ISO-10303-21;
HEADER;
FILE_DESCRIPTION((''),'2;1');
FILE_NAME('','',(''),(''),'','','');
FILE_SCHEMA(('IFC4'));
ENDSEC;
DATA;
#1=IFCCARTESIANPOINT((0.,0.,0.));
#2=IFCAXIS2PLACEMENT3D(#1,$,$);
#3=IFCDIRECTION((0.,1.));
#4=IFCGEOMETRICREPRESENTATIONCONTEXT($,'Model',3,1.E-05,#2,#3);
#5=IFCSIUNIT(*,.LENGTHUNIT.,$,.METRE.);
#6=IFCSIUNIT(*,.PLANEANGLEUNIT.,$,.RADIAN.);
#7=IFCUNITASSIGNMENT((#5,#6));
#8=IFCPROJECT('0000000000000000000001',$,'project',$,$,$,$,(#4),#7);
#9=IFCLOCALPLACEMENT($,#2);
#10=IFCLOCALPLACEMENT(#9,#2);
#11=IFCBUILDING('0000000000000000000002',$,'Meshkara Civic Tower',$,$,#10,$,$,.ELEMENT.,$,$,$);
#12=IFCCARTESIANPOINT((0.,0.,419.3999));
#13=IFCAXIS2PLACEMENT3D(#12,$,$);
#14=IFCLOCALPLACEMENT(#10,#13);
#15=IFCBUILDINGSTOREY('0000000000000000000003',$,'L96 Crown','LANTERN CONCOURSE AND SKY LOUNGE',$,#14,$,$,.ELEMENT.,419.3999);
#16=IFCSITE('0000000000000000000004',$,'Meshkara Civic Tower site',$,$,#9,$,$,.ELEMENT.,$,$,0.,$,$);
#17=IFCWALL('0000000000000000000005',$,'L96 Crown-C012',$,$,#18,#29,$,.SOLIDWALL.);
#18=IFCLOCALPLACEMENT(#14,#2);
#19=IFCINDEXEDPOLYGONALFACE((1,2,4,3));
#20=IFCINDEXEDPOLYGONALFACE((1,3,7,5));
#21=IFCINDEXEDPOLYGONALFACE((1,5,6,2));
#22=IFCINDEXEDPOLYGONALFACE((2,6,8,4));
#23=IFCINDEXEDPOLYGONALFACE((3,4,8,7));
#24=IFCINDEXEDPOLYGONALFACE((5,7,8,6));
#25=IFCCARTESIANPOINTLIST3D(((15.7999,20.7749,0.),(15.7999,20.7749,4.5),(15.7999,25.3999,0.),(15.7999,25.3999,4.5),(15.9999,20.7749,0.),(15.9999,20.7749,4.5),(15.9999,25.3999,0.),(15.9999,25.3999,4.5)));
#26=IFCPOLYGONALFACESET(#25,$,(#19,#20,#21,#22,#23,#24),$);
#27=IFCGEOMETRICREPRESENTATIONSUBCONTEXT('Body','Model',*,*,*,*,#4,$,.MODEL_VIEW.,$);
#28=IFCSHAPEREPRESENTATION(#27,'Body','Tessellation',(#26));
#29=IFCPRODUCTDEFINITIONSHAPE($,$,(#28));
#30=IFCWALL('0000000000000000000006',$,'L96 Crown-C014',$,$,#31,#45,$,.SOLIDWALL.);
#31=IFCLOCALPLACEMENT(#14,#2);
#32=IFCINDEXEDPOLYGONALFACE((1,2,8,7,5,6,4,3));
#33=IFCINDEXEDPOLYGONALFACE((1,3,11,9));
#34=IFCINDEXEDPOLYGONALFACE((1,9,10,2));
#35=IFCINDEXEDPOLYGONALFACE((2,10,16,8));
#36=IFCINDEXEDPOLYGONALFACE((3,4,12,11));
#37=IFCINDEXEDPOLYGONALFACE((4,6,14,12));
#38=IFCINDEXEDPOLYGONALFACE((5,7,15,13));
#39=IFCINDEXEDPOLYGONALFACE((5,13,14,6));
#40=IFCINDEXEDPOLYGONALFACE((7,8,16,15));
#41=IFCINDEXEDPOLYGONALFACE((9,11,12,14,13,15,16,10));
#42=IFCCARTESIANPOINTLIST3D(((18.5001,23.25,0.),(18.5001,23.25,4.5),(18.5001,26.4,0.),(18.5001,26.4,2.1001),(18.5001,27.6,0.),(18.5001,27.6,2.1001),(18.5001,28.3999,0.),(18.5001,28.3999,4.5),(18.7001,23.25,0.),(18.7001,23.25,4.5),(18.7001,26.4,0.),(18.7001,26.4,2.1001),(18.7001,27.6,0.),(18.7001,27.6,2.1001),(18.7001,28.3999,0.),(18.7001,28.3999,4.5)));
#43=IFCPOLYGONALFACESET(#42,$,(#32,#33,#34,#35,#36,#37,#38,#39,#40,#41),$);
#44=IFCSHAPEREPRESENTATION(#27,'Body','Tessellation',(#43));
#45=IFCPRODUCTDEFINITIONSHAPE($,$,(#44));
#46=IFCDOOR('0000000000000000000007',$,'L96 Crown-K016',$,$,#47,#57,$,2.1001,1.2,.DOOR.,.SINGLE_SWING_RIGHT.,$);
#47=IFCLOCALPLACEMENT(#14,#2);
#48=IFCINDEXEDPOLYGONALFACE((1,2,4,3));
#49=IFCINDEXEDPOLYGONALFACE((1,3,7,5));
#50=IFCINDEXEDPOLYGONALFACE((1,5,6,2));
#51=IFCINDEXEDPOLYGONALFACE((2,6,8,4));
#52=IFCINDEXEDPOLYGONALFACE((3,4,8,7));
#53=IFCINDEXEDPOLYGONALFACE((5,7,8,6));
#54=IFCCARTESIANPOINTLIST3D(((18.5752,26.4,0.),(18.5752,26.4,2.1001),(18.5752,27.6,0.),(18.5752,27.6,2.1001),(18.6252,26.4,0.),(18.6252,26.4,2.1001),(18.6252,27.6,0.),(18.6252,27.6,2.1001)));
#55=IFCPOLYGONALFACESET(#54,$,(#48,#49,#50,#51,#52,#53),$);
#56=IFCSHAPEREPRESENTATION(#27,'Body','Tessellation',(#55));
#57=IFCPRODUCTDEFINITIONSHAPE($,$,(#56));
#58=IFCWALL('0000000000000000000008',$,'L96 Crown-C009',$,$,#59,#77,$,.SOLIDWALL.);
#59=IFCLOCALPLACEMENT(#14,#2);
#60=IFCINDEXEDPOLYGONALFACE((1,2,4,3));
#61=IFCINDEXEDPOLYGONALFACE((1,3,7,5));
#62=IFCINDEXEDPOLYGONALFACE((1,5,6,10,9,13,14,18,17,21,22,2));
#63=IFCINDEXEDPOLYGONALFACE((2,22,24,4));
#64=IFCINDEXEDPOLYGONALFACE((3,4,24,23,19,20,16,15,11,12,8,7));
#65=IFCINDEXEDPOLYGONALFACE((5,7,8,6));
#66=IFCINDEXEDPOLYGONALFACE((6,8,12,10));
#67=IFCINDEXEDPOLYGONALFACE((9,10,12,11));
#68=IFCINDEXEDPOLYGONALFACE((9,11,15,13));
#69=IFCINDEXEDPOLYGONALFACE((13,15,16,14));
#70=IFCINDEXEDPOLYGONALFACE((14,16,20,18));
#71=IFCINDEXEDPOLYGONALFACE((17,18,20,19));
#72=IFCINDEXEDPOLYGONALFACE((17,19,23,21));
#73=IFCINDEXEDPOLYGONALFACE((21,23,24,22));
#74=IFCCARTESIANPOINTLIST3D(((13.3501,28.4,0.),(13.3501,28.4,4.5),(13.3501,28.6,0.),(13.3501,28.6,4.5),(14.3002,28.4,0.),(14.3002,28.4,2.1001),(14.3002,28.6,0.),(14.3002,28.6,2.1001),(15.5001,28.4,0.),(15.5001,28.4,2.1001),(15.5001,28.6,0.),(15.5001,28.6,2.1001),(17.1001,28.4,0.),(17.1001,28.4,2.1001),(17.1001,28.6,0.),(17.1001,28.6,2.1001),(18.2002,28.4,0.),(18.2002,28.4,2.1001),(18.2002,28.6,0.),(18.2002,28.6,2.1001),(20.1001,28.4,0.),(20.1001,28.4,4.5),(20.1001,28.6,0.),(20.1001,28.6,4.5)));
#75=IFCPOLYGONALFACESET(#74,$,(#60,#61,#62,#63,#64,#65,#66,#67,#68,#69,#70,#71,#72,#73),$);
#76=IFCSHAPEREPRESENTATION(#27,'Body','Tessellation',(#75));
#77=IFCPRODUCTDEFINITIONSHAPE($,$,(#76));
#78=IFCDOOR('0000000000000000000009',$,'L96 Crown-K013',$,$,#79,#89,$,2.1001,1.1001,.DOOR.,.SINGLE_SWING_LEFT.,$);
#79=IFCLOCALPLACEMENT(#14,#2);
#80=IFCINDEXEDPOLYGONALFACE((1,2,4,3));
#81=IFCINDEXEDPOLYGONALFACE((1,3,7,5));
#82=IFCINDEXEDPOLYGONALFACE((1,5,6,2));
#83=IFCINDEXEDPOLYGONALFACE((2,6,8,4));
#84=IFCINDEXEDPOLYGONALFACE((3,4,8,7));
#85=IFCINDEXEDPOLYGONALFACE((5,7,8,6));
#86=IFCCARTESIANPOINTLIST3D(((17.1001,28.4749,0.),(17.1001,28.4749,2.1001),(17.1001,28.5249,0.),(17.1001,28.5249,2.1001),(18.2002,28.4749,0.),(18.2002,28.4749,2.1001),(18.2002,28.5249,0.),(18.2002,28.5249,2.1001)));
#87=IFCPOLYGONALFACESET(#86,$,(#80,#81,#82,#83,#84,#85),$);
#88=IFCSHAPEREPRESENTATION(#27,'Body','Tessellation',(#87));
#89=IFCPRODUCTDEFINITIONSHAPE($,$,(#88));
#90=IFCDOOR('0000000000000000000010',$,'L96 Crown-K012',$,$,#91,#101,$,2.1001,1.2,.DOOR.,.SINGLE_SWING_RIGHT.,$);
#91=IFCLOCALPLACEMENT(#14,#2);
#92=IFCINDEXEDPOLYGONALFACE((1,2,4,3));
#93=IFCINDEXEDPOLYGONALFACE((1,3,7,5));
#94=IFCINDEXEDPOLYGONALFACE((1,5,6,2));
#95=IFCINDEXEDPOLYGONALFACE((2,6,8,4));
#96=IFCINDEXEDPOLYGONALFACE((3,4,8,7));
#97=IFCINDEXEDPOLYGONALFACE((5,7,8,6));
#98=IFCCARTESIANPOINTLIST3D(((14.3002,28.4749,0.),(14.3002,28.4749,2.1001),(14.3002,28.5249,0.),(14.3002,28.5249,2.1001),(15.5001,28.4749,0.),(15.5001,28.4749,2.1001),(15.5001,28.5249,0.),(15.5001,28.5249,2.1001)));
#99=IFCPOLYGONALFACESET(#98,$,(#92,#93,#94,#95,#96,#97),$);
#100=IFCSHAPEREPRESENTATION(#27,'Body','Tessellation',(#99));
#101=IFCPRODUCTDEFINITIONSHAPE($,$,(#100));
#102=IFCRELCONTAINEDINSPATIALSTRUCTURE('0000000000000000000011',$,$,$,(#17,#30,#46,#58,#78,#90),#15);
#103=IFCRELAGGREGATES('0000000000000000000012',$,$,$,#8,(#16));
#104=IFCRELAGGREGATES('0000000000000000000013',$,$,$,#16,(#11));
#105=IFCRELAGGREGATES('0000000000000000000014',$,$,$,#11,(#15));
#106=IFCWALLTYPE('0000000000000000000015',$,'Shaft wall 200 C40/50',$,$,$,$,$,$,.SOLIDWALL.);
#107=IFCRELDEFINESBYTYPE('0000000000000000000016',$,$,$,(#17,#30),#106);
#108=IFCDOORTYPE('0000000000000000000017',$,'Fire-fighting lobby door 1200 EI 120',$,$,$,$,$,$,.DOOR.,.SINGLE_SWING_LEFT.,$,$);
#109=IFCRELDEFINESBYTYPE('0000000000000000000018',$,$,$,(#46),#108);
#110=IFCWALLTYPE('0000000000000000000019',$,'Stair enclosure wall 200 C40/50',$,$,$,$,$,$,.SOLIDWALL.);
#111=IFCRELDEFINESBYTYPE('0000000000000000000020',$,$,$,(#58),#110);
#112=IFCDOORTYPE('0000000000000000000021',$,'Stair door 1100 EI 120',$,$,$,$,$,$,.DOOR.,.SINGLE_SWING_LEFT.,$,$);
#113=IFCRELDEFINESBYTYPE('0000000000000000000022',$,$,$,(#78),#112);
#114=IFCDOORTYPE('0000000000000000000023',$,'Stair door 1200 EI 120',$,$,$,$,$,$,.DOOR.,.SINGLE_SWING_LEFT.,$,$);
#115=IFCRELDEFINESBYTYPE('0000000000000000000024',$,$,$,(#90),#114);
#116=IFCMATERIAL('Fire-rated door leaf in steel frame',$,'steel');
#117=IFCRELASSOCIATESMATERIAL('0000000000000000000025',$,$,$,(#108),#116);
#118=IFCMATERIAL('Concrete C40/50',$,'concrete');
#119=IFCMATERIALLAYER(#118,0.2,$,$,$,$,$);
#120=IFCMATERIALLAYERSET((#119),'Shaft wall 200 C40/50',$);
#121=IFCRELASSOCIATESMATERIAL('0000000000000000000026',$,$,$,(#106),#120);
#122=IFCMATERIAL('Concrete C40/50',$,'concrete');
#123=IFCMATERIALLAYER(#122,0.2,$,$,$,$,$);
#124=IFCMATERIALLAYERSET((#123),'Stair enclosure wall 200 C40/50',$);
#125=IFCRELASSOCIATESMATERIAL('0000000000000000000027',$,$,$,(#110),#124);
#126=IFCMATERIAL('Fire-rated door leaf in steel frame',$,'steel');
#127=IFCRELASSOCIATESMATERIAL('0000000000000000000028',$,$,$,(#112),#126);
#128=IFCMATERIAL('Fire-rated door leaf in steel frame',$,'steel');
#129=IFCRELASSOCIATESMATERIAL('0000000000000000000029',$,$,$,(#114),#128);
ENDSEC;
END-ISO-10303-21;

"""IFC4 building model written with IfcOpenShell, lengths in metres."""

from ifc_helpers import new_model, si_unit, direction, frame, frame_2d, origin, place, context, subcontext, project, spatial, rectangle, extrude, material, layer, layer_set, type_object, element, fill, save


model = new_model("IFC4")

# Units and contexts
model_context = context("Model", 3, precision=1e-05, world=origin(), true_north=direction((0.0, 1.0)))
body_context = subcontext(model_context, "Body", "Model", "MODEL_VIEW")
ifc_project = project(units=[si_unit("LENGTHUNIT", "METRE"), si_unit("PLANEANGLEUNIT", "RADIAN")], contexts=[model_context])

# Site, building, storey
site_placement = place(None, origin())
site = spatial("IfcSite", under=ifc_project, at=site_placement, Name="Meshkara Civic Tower site", CompositionType="ELEMENT", RefElevation=0.0)
building_placement = place(site_placement, origin())
building = spatial("IfcBuilding", under=site, at=building_placement, Name="Meshkara Civic Tower", CompositionType="ELEMENT")
storey_placement = place(building_placement, frame((0.0, 0.0, 419.3999)))
storey = spatial("IfcBuildingStorey", under=building, at=storey_placement, Name="L96 Crown", Description="LANTERN CONCOURSE AND SKY LOUNGE", CompositionType="ELEMENT", Elevation=419.3999)

# Shared definitions
ifc_material_1 = material(Name="Fire-rated door leaf in steel frame", Category="steel")
door_type_1 = type_object("IfcDoorType", Name="Fire-fighting lobby door 1200 EI 120", OperationType="SINGLE_SWING_LEFT", PredefinedType="DOOR", material=ifc_material_1)
ifc_material_2 = material(Name="Concrete C40/50", Category="concrete")
ifc_layer_1 = layer(ifc_material_2, 0.2)
ifc_layer_set_1 = layer_set([ifc_layer_1], Name="Shaft wall 200 C40/50")
wall_type_1 = type_object("IfcWallType", Name="Shaft wall 200 C40/50", PredefinedType="SOLIDWALL", material=ifc_layer_set_1)

# Wall
wall_1_placement = place(storey_placement, frame((15.8999, 20.7749, 0.0), z_axis=(0.0, 0.0, 1.0), x_axis=(0.0, 1.0, 0.0)))
element("IfcWall", 1, at=wall_1_placement, inside=storey, type_object=wall_type_1, Name="L96 Crown-C012", PredefinedType="SOLIDWALL", context=body_context, shape_type="SweptSolid", body=[
    extrude(rectangle(XDim=4.625, YDim=0.2, at=frame_2d((2.3125, 0.0))), origin(), (0.0, 0.0, 1.0), 4.5),
])

# Wall, opening, door
wall_2_placement = place(storey_placement, frame((18.6001, 23.25, 0.0), z_axis=(0.0, 0.0, 1.0), x_axis=(0.0, 1.0, 0.0)))
wall_2 = element("IfcWall", 2, at=wall_2_placement, inside=storey, type_object=wall_type_1, Name="L96 Crown-C014", PredefinedType="SOLIDWALL", context=body_context, shape_type="SweptSolid", body=[
    extrude(rectangle(XDim=5.1499, YDim=0.2, at=frame_2d((2.575, 0.0))), origin(), (0.0, 0.0, 1.0), 4.5),
])
opening_1_placement = place(wall_2_placement, frame((3.1499, 0.0, 0.0)))
opening_1 = element("IfcOpeningElement", 3, at=opening_1_placement, cuts=wall_2, PredefinedType="OPENING", context=body_context, shape_type="SweptSolid", body=[
    extrude(rectangle(XDim=1.2, YDim=2.1001, at=frame_2d((0.6001, 1.05))), frame((0.0, 0.1099, 0.0), z_axis=(0.0, -1.0, 0.0), x_axis=(1.0, 0.0, 0.0)), (0.0, 0.0, 1.0), 0.22),
])
door_1_placement = place(opening_1_placement, origin())
door_1 = element("IfcDoor", 4, at=door_1_placement, inside=storey, type_object=door_type_1, Name="L96 Crown-K016", OperationType="SINGLE_SWING_RIGHT", OverallHeight=2.1001, OverallWidth=1.2, PredefinedType="DOOR", context=body_context, shape_type="SweptSolid", body=[
    extrude(rectangle(XDim=1.2, YDim=2.1001, at=frame_2d((0.6001, 1.05))), frame((0.0, 0.0249, 0.0), z_axis=(0.0, -1.0, 0.0), x_axis=(1.0, 0.0, 0.0)), (0.0, 0.0, 1.0), 0.05),
])
fill(opening_1, door_1)

# Wall, openings, doors
ifc_material_3 = material(Name="Concrete C40/50", Category="concrete")
ifc_layer_2 = layer(ifc_material_3, 0.2)
ifc_layer_set_2 = layer_set([ifc_layer_2], Name="Stair enclosure wall 200 C40/50")
wall_type_2 = type_object("IfcWallType", Name="Stair enclosure wall 200 C40/50", PredefinedType="SOLIDWALL", material=ifc_layer_set_2)
wall_3_placement = place(storey_placement, frame((13.3501, 28.5, 0.0), z_axis=(0.0, 0.0, 1.0), x_axis=(1.0, 0.0, 0.0)))
wall_3 = element("IfcWall", 5, at=wall_3_placement, inside=storey, type_object=wall_type_2, Name="L96 Crown-C009", PredefinedType="SOLIDWALL", context=body_context, shape_type="SweptSolid", body=[
    extrude(rectangle(XDim=6.75, YDim=0.2, at=frame_2d((3.375, 0.0))), origin(), (0.0, 0.0, 1.0), 4.5),
])
opening_2_placement = place(wall_3_placement, frame((0.95, 0.0, 0.0)))
opening_2 = element("IfcOpeningElement", 6, at=opening_2_placement, cuts=wall_3, PredefinedType="OPENING", context=body_context, shape_type="SweptSolid", body=[
    extrude(rectangle(XDim=1.2, YDim=2.1001, at=frame_2d((0.6001, 1.05))), frame((0.0, 0.1099, 0.0), z_axis=(0.0, -1.0, 0.0), x_axis=(1.0, 0.0, 0.0)), (0.0, 0.0, 1.0), 0.22),
])
opening_3_placement = place(wall_3_placement, frame((3.75, 0.0, 0.0)))
opening_3 = element("IfcOpeningElement", 7, at=opening_3_placement, cuts=wall_3, PredefinedType="OPENING", context=body_context, shape_type="SweptSolid", body=[
    extrude(rectangle(XDim=1.1001, YDim=2.1001, at=frame_2d((0.55, 1.05))), frame((0.0, 0.1099, 0.0), z_axis=(0.0, -1.0, 0.0), x_axis=(1.0, 0.0, 0.0)), (0.0, 0.0, 1.0), 0.22),
])
ifc_material_4 = material(Name="Fire-rated door leaf in steel frame", Category="steel")
door_type_2 = type_object("IfcDoorType", Name="Stair door 1100 EI 120", OperationType="SINGLE_SWING_LEFT", PredefinedType="DOOR", material=ifc_material_4)
door_2_placement = place(opening_3_placement, origin())
door_2 = element("IfcDoor", 8, at=door_2_placement, inside=storey, type_object=door_type_2, Name="L96 Crown-K013", OperationType="SINGLE_SWING_LEFT", OverallHeight=2.1001, OverallWidth=1.1001, PredefinedType="DOOR", context=body_context, shape_type="SweptSolid", body=[
    extrude(rectangle(XDim=1.1001, YDim=2.1001, at=frame_2d((0.55, 1.05))), frame((0.0, 0.0249, 0.0), z_axis=(0.0, -1.0, 0.0), x_axis=(1.0, 0.0, 0.0)), (0.0, 0.0, 1.0), 0.05),
])
fill(opening_3, door_2)
ifc_material_5 = material(Name="Fire-rated door leaf in steel frame", Category="steel")
door_type_3 = type_object("IfcDoorType", Name="Stair door 1200 EI 120", OperationType="SINGLE_SWING_LEFT", PredefinedType="DOOR", material=ifc_material_5)
door_3_placement = place(opening_2_placement, origin())
door_3 = element("IfcDoor", 9, at=door_3_placement, inside=storey, type_object=door_type_3, Name="L96 Crown-K012", OperationType="SINGLE_SWING_RIGHT", OverallHeight=2.1001, OverallWidth=1.2, PredefinedType="DOOR", context=body_context, shape_type="SweptSolid", body=[
    extrude(rectangle(XDim=1.2, YDim=2.1001, at=frame_2d((0.6001, 1.05))), frame((0.0, 0.0249, 0.0), z_axis=(0.0, -1.0, 0.0), x_axis=(1.0, 0.0, 0.0)), (0.0, 0.0, 1.0), 0.05),
])
fill(opening_2, door_3)

save(model, "model.ifc")
